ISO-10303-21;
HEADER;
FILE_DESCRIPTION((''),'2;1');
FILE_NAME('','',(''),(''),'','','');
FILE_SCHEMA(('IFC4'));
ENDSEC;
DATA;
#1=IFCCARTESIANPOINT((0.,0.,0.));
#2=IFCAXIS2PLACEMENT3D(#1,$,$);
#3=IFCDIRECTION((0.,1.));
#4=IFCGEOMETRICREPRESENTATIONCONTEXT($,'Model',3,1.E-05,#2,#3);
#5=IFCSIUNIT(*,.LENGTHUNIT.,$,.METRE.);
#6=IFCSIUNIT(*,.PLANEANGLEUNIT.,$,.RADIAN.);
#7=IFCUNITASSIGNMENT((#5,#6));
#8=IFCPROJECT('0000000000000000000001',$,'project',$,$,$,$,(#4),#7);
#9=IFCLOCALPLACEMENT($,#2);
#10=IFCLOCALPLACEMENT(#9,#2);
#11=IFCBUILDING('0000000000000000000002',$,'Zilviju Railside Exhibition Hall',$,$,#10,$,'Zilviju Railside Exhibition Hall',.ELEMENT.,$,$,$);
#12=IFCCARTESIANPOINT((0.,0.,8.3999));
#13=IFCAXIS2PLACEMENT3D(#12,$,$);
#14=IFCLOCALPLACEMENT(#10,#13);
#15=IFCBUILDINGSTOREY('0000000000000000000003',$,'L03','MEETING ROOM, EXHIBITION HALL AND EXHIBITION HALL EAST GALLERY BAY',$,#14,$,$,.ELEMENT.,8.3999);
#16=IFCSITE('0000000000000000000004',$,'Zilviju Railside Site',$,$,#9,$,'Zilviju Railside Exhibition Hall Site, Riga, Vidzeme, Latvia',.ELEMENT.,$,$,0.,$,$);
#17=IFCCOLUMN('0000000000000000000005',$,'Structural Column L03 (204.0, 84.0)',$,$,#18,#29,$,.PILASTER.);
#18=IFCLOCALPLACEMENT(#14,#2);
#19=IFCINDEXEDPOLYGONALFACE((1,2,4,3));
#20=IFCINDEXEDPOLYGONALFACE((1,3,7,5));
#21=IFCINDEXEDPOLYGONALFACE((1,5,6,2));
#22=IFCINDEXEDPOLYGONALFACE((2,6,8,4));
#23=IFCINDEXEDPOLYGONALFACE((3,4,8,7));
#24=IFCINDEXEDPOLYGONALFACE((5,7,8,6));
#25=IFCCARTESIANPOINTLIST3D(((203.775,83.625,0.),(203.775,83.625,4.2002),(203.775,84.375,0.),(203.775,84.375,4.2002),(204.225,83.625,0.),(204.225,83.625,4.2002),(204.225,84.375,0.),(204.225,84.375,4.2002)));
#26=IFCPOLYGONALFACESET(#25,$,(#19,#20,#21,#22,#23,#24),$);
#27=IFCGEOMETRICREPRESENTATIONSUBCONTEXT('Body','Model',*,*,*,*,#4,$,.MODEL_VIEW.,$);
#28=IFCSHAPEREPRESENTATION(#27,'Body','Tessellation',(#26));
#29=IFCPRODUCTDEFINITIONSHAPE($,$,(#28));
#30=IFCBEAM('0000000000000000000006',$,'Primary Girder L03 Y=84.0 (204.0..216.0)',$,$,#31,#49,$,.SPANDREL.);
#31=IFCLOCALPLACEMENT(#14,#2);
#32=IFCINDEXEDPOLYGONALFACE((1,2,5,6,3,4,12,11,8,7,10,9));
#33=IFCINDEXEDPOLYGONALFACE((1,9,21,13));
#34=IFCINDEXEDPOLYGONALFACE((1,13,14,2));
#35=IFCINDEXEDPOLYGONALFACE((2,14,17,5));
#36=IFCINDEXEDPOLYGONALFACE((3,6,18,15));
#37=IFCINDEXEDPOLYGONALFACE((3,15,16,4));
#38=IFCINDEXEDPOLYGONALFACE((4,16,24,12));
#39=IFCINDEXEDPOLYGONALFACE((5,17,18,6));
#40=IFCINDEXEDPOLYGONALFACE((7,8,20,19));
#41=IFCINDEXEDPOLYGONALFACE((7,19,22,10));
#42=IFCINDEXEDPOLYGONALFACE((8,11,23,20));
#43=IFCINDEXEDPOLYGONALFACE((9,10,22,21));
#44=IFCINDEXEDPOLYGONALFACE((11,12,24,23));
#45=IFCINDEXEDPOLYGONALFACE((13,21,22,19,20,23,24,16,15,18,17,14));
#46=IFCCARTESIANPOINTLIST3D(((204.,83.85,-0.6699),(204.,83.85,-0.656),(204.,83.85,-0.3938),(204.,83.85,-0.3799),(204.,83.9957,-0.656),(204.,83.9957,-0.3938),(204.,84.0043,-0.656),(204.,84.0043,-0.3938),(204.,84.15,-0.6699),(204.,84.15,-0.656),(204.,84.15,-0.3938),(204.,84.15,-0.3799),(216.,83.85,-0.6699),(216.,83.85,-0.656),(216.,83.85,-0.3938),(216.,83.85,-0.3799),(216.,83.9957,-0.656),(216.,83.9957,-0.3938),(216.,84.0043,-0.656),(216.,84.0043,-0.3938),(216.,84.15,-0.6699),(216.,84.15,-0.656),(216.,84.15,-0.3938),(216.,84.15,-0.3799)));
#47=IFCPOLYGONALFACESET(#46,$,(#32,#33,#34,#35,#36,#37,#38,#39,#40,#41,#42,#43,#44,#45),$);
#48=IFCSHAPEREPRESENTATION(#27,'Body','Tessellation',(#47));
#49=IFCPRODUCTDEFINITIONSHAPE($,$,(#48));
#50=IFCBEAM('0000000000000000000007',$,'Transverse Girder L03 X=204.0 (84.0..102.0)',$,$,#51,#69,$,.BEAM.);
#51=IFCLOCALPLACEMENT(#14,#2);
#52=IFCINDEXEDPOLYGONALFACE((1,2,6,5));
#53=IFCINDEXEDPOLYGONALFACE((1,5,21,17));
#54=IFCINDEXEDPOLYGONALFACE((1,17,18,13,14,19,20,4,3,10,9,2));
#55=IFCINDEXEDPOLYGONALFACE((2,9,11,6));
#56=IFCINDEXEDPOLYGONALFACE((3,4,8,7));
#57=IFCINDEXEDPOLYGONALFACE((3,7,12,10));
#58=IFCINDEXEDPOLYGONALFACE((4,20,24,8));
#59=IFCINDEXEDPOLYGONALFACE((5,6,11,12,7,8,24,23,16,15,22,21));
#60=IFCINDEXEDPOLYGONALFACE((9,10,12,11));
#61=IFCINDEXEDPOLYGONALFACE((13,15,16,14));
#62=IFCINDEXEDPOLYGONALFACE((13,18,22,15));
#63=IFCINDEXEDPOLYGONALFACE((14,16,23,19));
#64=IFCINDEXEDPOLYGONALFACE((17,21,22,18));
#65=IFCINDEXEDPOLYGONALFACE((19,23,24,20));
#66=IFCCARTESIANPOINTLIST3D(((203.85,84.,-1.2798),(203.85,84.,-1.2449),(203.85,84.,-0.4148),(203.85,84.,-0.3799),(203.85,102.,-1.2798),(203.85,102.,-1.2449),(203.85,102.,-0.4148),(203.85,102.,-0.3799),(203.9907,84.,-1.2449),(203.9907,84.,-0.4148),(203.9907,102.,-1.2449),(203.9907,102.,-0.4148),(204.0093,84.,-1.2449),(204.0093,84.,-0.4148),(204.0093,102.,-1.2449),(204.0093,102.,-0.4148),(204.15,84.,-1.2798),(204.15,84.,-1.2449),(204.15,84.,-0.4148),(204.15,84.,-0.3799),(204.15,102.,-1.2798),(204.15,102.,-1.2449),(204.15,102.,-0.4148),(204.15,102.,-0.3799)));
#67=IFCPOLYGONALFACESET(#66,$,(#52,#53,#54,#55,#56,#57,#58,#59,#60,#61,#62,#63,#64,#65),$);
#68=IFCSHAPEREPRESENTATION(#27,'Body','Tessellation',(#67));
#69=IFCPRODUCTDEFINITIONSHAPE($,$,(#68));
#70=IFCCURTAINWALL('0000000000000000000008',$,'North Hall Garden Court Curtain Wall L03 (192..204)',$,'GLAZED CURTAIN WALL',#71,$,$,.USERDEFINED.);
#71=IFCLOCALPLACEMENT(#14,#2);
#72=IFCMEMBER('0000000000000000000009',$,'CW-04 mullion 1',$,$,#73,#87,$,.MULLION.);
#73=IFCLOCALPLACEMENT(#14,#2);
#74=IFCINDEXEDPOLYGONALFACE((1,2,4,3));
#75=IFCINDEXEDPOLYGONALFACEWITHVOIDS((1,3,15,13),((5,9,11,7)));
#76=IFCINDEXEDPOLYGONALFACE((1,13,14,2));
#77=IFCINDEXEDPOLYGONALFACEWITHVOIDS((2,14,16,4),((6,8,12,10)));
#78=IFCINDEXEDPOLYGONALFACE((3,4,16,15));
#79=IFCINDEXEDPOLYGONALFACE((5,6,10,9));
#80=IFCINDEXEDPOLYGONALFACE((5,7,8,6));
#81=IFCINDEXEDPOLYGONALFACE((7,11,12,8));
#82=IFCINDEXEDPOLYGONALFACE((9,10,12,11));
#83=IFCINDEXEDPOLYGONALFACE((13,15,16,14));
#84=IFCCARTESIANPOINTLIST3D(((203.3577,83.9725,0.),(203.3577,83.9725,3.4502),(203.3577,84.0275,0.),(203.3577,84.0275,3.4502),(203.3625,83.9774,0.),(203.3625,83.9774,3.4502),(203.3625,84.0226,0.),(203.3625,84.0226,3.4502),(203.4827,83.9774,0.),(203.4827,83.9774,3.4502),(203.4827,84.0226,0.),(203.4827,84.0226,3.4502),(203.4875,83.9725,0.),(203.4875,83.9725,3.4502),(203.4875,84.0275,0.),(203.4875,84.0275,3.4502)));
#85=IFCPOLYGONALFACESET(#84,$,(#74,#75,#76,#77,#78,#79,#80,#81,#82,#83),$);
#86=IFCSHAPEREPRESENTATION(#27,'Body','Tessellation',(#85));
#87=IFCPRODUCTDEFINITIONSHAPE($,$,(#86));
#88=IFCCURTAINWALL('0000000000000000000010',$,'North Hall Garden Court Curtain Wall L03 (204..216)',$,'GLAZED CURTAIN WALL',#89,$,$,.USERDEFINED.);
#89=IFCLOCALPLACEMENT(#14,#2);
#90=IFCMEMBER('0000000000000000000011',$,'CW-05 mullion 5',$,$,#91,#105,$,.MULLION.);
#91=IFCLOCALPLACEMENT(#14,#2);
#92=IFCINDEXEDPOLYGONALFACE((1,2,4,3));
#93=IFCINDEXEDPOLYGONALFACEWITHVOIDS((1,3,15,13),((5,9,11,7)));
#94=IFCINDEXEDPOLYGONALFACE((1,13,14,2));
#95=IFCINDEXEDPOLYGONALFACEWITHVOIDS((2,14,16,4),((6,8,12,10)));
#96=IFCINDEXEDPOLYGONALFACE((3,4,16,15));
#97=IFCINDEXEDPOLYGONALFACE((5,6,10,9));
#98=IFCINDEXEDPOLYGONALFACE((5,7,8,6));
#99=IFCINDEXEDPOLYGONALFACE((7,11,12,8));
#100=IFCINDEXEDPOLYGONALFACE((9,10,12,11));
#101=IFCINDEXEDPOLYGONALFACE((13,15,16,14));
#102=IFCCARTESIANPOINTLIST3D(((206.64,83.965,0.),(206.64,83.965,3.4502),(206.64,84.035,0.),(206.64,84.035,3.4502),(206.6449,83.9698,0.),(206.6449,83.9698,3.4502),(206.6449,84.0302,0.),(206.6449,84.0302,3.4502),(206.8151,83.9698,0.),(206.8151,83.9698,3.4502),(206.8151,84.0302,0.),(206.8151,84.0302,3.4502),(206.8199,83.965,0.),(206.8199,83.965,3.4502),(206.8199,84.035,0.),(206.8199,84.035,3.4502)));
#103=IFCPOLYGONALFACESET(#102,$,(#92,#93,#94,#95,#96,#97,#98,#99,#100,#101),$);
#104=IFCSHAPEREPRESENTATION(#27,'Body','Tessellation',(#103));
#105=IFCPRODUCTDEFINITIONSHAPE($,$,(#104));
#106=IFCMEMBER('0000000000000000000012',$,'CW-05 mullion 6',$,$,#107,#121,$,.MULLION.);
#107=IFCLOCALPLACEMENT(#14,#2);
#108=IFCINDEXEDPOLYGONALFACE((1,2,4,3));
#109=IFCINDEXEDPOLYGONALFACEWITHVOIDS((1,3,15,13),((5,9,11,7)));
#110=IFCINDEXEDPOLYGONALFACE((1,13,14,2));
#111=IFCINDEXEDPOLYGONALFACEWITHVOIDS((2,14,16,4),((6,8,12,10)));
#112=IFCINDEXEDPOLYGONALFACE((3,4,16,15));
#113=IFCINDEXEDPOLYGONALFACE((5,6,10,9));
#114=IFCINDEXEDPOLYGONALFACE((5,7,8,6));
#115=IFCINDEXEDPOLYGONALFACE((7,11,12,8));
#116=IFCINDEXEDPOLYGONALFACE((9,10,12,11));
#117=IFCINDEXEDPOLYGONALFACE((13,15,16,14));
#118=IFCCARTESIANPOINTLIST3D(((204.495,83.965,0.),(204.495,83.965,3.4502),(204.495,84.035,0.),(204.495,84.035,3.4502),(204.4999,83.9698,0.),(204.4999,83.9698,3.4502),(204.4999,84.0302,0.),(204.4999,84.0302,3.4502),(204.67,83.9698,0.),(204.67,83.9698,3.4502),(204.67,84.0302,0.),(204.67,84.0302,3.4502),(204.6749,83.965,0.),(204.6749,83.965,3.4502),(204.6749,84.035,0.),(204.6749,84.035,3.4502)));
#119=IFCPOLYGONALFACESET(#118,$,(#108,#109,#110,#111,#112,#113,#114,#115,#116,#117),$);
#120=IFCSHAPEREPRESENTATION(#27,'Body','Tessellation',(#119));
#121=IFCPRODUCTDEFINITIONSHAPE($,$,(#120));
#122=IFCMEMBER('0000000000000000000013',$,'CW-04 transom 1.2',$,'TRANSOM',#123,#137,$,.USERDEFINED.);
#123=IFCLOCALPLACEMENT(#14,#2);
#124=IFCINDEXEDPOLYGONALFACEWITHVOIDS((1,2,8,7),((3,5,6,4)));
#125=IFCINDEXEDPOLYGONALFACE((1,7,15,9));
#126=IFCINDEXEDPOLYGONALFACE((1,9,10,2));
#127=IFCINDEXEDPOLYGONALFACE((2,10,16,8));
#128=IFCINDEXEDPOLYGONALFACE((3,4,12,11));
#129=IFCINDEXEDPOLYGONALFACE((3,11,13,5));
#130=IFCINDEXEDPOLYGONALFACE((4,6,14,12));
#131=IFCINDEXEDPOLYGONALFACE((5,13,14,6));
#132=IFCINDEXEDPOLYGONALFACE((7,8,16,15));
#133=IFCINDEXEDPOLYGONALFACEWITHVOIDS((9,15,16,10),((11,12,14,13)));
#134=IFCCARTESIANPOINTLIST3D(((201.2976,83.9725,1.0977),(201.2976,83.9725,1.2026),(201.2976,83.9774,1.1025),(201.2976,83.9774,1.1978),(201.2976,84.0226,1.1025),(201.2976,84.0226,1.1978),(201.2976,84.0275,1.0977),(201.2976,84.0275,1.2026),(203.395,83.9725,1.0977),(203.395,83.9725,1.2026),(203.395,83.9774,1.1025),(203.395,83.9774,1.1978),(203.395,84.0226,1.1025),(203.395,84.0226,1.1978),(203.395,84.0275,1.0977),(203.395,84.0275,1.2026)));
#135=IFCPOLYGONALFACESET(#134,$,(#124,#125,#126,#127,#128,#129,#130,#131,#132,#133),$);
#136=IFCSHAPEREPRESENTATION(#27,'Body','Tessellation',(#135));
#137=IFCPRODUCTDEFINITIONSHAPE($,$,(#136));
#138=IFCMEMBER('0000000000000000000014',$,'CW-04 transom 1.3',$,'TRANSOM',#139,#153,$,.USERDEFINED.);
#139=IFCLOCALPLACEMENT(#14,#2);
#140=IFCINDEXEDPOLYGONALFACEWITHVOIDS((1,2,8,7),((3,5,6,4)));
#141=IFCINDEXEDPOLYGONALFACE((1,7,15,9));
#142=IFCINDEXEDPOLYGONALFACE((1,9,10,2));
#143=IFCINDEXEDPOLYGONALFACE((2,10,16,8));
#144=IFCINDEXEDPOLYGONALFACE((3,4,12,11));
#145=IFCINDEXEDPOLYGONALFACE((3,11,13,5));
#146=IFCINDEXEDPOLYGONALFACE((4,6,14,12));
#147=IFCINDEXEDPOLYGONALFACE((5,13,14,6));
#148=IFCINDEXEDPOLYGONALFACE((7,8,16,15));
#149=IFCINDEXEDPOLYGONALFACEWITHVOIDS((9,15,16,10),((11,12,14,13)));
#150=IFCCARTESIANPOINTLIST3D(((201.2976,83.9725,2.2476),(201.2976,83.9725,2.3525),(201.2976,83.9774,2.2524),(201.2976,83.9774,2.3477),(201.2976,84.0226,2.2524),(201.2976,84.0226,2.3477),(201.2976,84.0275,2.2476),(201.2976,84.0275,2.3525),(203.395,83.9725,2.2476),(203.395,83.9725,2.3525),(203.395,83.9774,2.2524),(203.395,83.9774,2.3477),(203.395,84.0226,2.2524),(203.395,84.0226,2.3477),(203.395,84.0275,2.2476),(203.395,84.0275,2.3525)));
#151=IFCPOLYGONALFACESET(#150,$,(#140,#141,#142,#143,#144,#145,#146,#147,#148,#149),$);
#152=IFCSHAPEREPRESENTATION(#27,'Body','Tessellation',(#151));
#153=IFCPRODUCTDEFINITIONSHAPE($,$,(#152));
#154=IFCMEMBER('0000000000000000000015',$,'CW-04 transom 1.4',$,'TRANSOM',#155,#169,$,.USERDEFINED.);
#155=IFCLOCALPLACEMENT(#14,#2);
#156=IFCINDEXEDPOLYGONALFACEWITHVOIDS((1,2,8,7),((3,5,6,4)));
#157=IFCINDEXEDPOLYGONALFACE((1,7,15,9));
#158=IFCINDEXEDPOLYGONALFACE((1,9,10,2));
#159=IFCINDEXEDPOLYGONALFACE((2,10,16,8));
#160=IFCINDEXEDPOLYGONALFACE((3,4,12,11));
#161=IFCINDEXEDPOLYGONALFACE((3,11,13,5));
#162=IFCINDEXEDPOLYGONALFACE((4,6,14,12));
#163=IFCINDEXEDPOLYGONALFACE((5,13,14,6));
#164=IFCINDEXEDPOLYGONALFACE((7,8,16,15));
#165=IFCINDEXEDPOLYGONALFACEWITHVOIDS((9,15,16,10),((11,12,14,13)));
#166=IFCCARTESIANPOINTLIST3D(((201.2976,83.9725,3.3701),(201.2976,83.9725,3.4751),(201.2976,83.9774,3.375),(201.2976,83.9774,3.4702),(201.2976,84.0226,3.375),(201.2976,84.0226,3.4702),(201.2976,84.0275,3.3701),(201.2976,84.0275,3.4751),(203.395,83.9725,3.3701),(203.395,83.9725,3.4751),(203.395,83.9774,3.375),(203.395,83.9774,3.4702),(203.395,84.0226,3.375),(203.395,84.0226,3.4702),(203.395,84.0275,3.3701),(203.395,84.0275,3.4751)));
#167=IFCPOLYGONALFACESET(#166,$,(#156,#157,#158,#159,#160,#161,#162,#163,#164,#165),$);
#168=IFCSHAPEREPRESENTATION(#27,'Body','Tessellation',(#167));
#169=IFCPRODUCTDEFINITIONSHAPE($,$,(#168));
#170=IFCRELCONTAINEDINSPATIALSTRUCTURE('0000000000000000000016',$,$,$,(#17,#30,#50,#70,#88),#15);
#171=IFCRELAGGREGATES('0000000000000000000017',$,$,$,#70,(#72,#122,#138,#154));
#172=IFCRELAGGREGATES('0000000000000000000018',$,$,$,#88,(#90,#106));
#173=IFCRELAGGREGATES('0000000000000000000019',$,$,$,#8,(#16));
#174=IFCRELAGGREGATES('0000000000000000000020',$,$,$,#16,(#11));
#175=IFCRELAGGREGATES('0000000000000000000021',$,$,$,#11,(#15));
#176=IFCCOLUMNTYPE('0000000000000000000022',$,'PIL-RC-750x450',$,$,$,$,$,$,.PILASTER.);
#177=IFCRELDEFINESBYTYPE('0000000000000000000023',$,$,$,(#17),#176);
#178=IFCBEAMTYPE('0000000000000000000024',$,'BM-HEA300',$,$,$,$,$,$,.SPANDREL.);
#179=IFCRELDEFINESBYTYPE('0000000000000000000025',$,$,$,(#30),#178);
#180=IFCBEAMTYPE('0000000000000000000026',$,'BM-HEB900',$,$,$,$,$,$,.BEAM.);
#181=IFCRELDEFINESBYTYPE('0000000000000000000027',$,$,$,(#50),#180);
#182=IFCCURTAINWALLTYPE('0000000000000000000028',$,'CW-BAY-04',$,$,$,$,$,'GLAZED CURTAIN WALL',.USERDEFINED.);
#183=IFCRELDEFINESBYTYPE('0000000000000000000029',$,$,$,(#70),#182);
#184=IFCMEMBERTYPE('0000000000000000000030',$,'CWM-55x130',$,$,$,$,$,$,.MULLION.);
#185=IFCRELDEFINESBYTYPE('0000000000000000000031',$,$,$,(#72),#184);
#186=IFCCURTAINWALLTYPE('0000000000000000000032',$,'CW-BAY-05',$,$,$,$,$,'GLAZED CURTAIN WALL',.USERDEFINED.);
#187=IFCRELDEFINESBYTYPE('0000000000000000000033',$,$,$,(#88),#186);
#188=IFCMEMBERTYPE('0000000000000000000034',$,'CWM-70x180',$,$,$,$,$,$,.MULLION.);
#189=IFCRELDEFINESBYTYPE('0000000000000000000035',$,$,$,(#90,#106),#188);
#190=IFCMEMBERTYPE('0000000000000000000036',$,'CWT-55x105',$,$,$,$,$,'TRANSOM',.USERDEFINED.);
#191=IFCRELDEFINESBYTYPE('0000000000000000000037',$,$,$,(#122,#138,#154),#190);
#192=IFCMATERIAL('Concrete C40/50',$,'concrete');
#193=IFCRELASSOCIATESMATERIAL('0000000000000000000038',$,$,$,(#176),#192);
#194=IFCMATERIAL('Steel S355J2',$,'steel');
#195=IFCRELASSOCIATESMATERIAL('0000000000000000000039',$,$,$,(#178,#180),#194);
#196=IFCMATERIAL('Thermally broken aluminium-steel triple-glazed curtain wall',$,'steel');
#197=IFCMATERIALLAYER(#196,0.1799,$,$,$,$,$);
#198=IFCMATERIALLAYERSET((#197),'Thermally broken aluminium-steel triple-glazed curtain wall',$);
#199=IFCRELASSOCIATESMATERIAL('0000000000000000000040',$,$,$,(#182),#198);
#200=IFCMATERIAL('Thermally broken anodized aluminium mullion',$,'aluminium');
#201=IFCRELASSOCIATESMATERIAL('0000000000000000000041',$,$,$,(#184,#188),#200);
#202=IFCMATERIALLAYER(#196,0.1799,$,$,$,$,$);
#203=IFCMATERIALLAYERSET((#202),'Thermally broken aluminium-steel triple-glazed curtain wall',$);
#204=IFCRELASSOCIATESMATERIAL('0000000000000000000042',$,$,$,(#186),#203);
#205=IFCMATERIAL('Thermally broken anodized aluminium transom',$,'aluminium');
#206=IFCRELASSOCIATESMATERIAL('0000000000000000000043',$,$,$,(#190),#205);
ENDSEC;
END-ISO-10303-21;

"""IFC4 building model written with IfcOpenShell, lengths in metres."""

from ifc_helpers import new_model, si_unit, direction, frame, origin, origin_2d, place, context, subcontext, project, spatial, rectangle, hollow_rectangle, i_section, extrude, material, layer, layer_set, material_profile, profile_set, type_object, element, aggregate, save


model = new_model("IFC4")

# Units and contexts
model_context = context("Model", 3, precision=1e-05, world=origin(), true_north=direction((0.0, 1.0)))
body_context = subcontext(model_context, "Body", "Model", "MODEL_VIEW")
ifc_project = project(units=[si_unit("LENGTHUNIT", "METRE"), si_unit("PLANEANGLEUNIT", "RADIAN")], contexts=[model_context])

# Site, building, storey
site_placement = place(None, origin())
site = spatial("IfcSite", under=ifc_project, at=site_placement, Name="Zilviju Railside Site", LongName="Zilviju Railside Exhibition Hall Site, Riga, Vidzeme, Latvia", CompositionType="ELEMENT", RefElevation=0.0)
building_placement = place(site_placement, origin())
building = spatial("IfcBuilding", under=site, at=building_placement, Name="Zilviju Railside Exhibition Hall", LongName="Zilviju Railside Exhibition Hall", CompositionType="ELEMENT")
storey_placement = place(building_placement, frame((0.0, 0.0, 8.3999)))
storey = spatial("IfcBuildingStorey", under=building, at=storey_placement, Name="L03", Description="MEETING ROOM, EXHIBITION HALL AND EXHIBITION HALL EAST GALLERY BAY", CompositionType="ELEMENT", Elevation=8.3999)

# Column
ifc_material_1 = material(Name="Concrete C40/50", Category="concrete")
ifc_material_profile_1 = material_profile(ifc_material_1, rectangle(XDim=0.45, YDim=0.75, at=origin_2d()), Name="RC COL 450x750")
ifc_profile_set_1 = profile_set([ifc_material_profile_1], Name="Concrete C40/50")
column_type = type_object("IfcColumnType", Name="PIL-RC-750x450", PredefinedType="PILASTER", material=ifc_profile_set_1)
column_placement = place(storey_placement, frame((204.0, 84.0, 0.0), z_axis=(0.0, 0.0, 1.0), x_axis=(1.0, 0.0, 0.0)))
element("IfcColumn", 1, at=column_placement, inside=storey, type_object=column_type, Name="Structural Column L03 (204.0, 84.0)", PredefinedType="PILASTER", context=body_context, shape_type="SweptSolid", body=[
    extrude(rectangle(XDim=0.45, YDim=0.75, at=origin_2d()), origin(), (0.0, 0.0, 1.0), 4.2002),
])

# Beams
ifc_material_2 = material(Name="Steel S355J2", Category="steel")
ifc_material_profile_2 = material_profile(ifc_material_2, i_section(OverallWidth=0.3, OverallDepth=0.29, WebThickness=0.0085, FlangeThickness=0.0139, at=origin_2d()), Name="HEA 300")
ifc_profile_set_2 = profile_set([ifc_material_profile_2], Name="Steel S355J2")
beam_type_1 = type_object("IfcBeamType", Name="BM-HEA300", PredefinedType="SPANDREL", material=ifc_profile_set_2)
beam_1_placement = place(storey_placement, frame((204.0, 84.0, -0.5249), z_axis=(1.0, 0.0, 0.0), x_axis=(0.0, 1.0, 0.0)))
element("IfcBeam", 2, at=beam_1_placement, inside=storey, type_object=beam_type_1, Name="Primary Girder L03 Y=84.0 (204.0..216.0)", PredefinedType="SPANDREL", context=body_context, shape_type="SweptSolid", body=[
    extrude(i_section(OverallWidth=0.3, OverallDepth=0.29, WebThickness=0.0085, FlangeThickness=0.0139, at=origin_2d()), origin(), (0.0, 0.0, 1.0), 12.0),
])
ifc_material_profile_3 = material_profile(ifc_material_2, i_section(OverallWidth=0.3, OverallDepth=0.8999, WebThickness=0.0186, FlangeThickness=0.0349, at=origin_2d()), Name="HEB 900")
ifc_profile_set_3 = profile_set([ifc_material_profile_3], Name="Steel S355J2")
beam_type_2 = type_object("IfcBeamType", Name="BM-HEB900", PredefinedType="BEAM", material=ifc_profile_set_3)
beam_2_placement = place(storey_placement, frame((204.0, 84.0, -0.8298), z_axis=(0.0, 1.0, 0.0), x_axis=(-1.0, 0.0, 0.0)))
element("IfcBeam", 3, at=beam_2_placement, inside=storey, type_object=beam_type_2, Name="Transverse Girder L03 X=204.0 (84.0..102.0)", PredefinedType="BEAM", context=body_context, shape_type="SweptSolid", body=[
    extrude(i_section(OverallWidth=0.3, OverallDepth=0.8999, WebThickness=0.0186, FlangeThickness=0.0349, at=origin_2d()), origin(), (0.0, 0.0, 1.0), 18.0),
])

# Curtain wall, member
ifc_material_3 = material(Name="Thermally broken aluminium-steel triple-glazed curtain wall", Category="steel")
ifc_layer_1 = layer(ifc_material_3, 0.1799)
ifc_layer_set_1 = layer_set([ifc_layer_1], Name="Thermally broken aluminium-steel triple-glazed curtain wall")
curtain_wall_type_1 = type_object("IfcCurtainWallType", Name="CW-BAY-04", ElementType="GLAZED CURTAIN WALL", PredefinedType="USERDEFINED", material=ifc_layer_set_1)
curtain_wall_1_placement = place(storey_placement, origin())
curtain_wall_1 = element("IfcCurtainWall", 4, at=curtain_wall_1_placement, inside=storey, type_object=curtain_wall_type_1, Name="North Hall Garden Court Curtain Wall L03 (192..204)", ObjectType="GLAZED CURTAIN WALL", PredefinedType="USERDEFINED")
ifc_material_4 = material(Name="Thermally broken anodized aluminium mullion", Category="aluminium")
ifc_material_profile_4 = material_profile(ifc_material_4, hollow_rectangle(XDim=0.0549, YDim=0.1299, WallThickness=0.0049, at=origin_2d()), Name="MULLION 130x55x5")
ifc_profile_set_4 = profile_set([ifc_material_profile_4], Name="Thermally broken anodized aluminium mullion")
member_type_1 = type_object("IfcMemberType", Name="CWM-55x130", PredefinedType="MULLION", material=ifc_profile_set_4)
member_1_placement = place(storey_placement, frame((203.4226, 84.0, 0.0), z_axis=(0.0, 0.0, 1.0), x_axis=(0.0, -1.0, 0.0)))
member_1 = element("IfcMember", 5, at=member_1_placement, type_object=member_type_1, Name="CW-04 mullion 1", PredefinedType="MULLION", context=body_context, shape_type="SweptSolid", body=[
    extrude(hollow_rectangle(XDim=0.0549, YDim=0.1299, WallThickness=0.0049, at=origin_2d()), origin(), (0.0, 0.0, 1.0), 3.4502),
])

# Curtain wall, members
ifc_layer_2 = layer(ifc_material_3, 0.1799)
ifc_layer_set_2 = layer_set([ifc_layer_2], Name="Thermally broken aluminium-steel triple-glazed curtain wall")
curtain_wall_type_2 = type_object("IfcCurtainWallType", Name="CW-BAY-05", ElementType="GLAZED CURTAIN WALL", PredefinedType="USERDEFINED", material=ifc_layer_set_2)
curtain_wall_2_placement = place(storey_placement, origin())
curtain_wall_2 = element("IfcCurtainWall", 6, at=curtain_wall_2_placement, inside=storey, type_object=curtain_wall_type_2, Name="North Hall Garden Court Curtain Wall L03 (204..216)", ObjectType="GLAZED CURTAIN WALL", PredefinedType="USERDEFINED")
ifc_material_profile_5 = material_profile(ifc_material_4, hollow_rectangle(XDim=0.0701, YDim=0.1799, WallThickness=0.0049, at=origin_2d()), Name="MULLION 180x70x5")
ifc_profile_set_5 = profile_set([ifc_material_profile_5], Name="Thermally broken anodized aluminium mullion")
member_type_2 = type_object("IfcMemberType", Name="CWM-70x180", PredefinedType="MULLION", material=ifc_profile_set_5)
member_2_placement = place(storey_placement, frame((206.73, 84.0, 0.0), z_axis=(0.0, 0.0, 1.0), x_axis=(0.0, -1.0, 0.0)))
member_2 = element("IfcMember", 7, at=member_2_placement, type_object=member_type_2, Name="CW-05 mullion 5", PredefinedType="MULLION", context=body_context, shape_type="SweptSolid", body=[
    extrude(hollow_rectangle(XDim=0.0701, YDim=0.1799, WallThickness=0.0049, at=origin_2d()), origin(), (0.0, 0.0, 1.0), 3.4502),
])
member_3_placement = place(storey_placement, frame((204.585, 84.0, 0.0), z_axis=(0.0, 0.0, 1.0), x_axis=(0.0, -1.0, 0.0)))
member_3 = element("IfcMember", 8, at=member_3_placement, type_object=member_type_2, Name="CW-05 mullion 6", PredefinedType="MULLION", context=body_context, shape_type="SweptSolid", body=[
    extrude(hollow_rectangle(XDim=0.0701, YDim=0.1799, WallThickness=0.0049, at=origin_2d()), origin(), (0.0, 0.0, 1.0), 3.4502),
])

# Members
ifc_material_5 = material(Name="Thermally broken anodized aluminium transom", Category="aluminium")
ifc_material_profile_6 = material_profile(ifc_material_5, hollow_rectangle(XDim=0.0549, YDim=0.105, WallThickness=0.0049, at=origin_2d()), Name="TRANSOM 105x55x5")
ifc_profile_set_6 = profile_set([ifc_material_profile_6], Name="Thermally broken anodized aluminium transom")
member_type_3 = type_object("IfcMemberType", Name="CWT-55x105", ElementType="TRANSOM", PredefinedType="USERDEFINED", material=ifc_profile_set_6)
member_4_placement = place(storey_placement, frame((203.395, 84.0, 1.1501), z_axis=(-1.0, 0.0, 0.0), x_axis=(0.0, -1.0, 0.0)))
member_4 = element("IfcMember", 9, at=member_4_placement, type_object=member_type_3, Name="CW-04 transom 1.2", ObjectType="TRANSOM", PredefinedType="USERDEFINED", context=body_context, shape_type="SweptSolid", body=[
    extrude(hollow_rectangle(XDim=0.0549, YDim=0.105, WallThickness=0.0049, at=origin_2d()), origin(), (0.0, 0.0, 1.0), 2.0974),
])
member_5_placement = place(storey_placement, frame((203.395, 84.0, 2.3), z_axis=(-1.0, 0.0, 0.0), x_axis=(0.0, -1.0, 0.0)))
member_5 = element("IfcMember", 10, at=member_5_placement, type_object=member_type_3, Name="CW-04 transom 1.3", ObjectType="TRANSOM", PredefinedType="USERDEFINED", context=body_context, shape_type="SweptSolid", body=[
    extrude(hollow_rectangle(XDim=0.0549, YDim=0.105, WallThickness=0.0049, at=origin_2d()), origin(), (0.0, 0.0, 1.0), 2.0974),
])
member_6_placement = place(storey_placement, frame((203.395, 84.0, 3.4226), z_axis=(-1.0, 0.0, 0.0), x_axis=(0.0, -1.0, 0.0)))
member_6 = element("IfcMember", 11, at=member_6_placement, type_object=member_type_3, Name="CW-04 transom 1.4", ObjectType="TRANSOM", PredefinedType="USERDEFINED", context=body_context, shape_type="SweptSolid", body=[
    extrude(hollow_rectangle(XDim=0.0549, YDim=0.105, WallThickness=0.0049, at=origin_2d()), origin(), (0.0, 0.0, 1.0), 2.0974),
])
aggregate(curtain_wall_1, [member_1, member_4, member_5, member_6])

aggregate(curtain_wall_2, [member_2, member_3])

save(model, "model.ifc")
